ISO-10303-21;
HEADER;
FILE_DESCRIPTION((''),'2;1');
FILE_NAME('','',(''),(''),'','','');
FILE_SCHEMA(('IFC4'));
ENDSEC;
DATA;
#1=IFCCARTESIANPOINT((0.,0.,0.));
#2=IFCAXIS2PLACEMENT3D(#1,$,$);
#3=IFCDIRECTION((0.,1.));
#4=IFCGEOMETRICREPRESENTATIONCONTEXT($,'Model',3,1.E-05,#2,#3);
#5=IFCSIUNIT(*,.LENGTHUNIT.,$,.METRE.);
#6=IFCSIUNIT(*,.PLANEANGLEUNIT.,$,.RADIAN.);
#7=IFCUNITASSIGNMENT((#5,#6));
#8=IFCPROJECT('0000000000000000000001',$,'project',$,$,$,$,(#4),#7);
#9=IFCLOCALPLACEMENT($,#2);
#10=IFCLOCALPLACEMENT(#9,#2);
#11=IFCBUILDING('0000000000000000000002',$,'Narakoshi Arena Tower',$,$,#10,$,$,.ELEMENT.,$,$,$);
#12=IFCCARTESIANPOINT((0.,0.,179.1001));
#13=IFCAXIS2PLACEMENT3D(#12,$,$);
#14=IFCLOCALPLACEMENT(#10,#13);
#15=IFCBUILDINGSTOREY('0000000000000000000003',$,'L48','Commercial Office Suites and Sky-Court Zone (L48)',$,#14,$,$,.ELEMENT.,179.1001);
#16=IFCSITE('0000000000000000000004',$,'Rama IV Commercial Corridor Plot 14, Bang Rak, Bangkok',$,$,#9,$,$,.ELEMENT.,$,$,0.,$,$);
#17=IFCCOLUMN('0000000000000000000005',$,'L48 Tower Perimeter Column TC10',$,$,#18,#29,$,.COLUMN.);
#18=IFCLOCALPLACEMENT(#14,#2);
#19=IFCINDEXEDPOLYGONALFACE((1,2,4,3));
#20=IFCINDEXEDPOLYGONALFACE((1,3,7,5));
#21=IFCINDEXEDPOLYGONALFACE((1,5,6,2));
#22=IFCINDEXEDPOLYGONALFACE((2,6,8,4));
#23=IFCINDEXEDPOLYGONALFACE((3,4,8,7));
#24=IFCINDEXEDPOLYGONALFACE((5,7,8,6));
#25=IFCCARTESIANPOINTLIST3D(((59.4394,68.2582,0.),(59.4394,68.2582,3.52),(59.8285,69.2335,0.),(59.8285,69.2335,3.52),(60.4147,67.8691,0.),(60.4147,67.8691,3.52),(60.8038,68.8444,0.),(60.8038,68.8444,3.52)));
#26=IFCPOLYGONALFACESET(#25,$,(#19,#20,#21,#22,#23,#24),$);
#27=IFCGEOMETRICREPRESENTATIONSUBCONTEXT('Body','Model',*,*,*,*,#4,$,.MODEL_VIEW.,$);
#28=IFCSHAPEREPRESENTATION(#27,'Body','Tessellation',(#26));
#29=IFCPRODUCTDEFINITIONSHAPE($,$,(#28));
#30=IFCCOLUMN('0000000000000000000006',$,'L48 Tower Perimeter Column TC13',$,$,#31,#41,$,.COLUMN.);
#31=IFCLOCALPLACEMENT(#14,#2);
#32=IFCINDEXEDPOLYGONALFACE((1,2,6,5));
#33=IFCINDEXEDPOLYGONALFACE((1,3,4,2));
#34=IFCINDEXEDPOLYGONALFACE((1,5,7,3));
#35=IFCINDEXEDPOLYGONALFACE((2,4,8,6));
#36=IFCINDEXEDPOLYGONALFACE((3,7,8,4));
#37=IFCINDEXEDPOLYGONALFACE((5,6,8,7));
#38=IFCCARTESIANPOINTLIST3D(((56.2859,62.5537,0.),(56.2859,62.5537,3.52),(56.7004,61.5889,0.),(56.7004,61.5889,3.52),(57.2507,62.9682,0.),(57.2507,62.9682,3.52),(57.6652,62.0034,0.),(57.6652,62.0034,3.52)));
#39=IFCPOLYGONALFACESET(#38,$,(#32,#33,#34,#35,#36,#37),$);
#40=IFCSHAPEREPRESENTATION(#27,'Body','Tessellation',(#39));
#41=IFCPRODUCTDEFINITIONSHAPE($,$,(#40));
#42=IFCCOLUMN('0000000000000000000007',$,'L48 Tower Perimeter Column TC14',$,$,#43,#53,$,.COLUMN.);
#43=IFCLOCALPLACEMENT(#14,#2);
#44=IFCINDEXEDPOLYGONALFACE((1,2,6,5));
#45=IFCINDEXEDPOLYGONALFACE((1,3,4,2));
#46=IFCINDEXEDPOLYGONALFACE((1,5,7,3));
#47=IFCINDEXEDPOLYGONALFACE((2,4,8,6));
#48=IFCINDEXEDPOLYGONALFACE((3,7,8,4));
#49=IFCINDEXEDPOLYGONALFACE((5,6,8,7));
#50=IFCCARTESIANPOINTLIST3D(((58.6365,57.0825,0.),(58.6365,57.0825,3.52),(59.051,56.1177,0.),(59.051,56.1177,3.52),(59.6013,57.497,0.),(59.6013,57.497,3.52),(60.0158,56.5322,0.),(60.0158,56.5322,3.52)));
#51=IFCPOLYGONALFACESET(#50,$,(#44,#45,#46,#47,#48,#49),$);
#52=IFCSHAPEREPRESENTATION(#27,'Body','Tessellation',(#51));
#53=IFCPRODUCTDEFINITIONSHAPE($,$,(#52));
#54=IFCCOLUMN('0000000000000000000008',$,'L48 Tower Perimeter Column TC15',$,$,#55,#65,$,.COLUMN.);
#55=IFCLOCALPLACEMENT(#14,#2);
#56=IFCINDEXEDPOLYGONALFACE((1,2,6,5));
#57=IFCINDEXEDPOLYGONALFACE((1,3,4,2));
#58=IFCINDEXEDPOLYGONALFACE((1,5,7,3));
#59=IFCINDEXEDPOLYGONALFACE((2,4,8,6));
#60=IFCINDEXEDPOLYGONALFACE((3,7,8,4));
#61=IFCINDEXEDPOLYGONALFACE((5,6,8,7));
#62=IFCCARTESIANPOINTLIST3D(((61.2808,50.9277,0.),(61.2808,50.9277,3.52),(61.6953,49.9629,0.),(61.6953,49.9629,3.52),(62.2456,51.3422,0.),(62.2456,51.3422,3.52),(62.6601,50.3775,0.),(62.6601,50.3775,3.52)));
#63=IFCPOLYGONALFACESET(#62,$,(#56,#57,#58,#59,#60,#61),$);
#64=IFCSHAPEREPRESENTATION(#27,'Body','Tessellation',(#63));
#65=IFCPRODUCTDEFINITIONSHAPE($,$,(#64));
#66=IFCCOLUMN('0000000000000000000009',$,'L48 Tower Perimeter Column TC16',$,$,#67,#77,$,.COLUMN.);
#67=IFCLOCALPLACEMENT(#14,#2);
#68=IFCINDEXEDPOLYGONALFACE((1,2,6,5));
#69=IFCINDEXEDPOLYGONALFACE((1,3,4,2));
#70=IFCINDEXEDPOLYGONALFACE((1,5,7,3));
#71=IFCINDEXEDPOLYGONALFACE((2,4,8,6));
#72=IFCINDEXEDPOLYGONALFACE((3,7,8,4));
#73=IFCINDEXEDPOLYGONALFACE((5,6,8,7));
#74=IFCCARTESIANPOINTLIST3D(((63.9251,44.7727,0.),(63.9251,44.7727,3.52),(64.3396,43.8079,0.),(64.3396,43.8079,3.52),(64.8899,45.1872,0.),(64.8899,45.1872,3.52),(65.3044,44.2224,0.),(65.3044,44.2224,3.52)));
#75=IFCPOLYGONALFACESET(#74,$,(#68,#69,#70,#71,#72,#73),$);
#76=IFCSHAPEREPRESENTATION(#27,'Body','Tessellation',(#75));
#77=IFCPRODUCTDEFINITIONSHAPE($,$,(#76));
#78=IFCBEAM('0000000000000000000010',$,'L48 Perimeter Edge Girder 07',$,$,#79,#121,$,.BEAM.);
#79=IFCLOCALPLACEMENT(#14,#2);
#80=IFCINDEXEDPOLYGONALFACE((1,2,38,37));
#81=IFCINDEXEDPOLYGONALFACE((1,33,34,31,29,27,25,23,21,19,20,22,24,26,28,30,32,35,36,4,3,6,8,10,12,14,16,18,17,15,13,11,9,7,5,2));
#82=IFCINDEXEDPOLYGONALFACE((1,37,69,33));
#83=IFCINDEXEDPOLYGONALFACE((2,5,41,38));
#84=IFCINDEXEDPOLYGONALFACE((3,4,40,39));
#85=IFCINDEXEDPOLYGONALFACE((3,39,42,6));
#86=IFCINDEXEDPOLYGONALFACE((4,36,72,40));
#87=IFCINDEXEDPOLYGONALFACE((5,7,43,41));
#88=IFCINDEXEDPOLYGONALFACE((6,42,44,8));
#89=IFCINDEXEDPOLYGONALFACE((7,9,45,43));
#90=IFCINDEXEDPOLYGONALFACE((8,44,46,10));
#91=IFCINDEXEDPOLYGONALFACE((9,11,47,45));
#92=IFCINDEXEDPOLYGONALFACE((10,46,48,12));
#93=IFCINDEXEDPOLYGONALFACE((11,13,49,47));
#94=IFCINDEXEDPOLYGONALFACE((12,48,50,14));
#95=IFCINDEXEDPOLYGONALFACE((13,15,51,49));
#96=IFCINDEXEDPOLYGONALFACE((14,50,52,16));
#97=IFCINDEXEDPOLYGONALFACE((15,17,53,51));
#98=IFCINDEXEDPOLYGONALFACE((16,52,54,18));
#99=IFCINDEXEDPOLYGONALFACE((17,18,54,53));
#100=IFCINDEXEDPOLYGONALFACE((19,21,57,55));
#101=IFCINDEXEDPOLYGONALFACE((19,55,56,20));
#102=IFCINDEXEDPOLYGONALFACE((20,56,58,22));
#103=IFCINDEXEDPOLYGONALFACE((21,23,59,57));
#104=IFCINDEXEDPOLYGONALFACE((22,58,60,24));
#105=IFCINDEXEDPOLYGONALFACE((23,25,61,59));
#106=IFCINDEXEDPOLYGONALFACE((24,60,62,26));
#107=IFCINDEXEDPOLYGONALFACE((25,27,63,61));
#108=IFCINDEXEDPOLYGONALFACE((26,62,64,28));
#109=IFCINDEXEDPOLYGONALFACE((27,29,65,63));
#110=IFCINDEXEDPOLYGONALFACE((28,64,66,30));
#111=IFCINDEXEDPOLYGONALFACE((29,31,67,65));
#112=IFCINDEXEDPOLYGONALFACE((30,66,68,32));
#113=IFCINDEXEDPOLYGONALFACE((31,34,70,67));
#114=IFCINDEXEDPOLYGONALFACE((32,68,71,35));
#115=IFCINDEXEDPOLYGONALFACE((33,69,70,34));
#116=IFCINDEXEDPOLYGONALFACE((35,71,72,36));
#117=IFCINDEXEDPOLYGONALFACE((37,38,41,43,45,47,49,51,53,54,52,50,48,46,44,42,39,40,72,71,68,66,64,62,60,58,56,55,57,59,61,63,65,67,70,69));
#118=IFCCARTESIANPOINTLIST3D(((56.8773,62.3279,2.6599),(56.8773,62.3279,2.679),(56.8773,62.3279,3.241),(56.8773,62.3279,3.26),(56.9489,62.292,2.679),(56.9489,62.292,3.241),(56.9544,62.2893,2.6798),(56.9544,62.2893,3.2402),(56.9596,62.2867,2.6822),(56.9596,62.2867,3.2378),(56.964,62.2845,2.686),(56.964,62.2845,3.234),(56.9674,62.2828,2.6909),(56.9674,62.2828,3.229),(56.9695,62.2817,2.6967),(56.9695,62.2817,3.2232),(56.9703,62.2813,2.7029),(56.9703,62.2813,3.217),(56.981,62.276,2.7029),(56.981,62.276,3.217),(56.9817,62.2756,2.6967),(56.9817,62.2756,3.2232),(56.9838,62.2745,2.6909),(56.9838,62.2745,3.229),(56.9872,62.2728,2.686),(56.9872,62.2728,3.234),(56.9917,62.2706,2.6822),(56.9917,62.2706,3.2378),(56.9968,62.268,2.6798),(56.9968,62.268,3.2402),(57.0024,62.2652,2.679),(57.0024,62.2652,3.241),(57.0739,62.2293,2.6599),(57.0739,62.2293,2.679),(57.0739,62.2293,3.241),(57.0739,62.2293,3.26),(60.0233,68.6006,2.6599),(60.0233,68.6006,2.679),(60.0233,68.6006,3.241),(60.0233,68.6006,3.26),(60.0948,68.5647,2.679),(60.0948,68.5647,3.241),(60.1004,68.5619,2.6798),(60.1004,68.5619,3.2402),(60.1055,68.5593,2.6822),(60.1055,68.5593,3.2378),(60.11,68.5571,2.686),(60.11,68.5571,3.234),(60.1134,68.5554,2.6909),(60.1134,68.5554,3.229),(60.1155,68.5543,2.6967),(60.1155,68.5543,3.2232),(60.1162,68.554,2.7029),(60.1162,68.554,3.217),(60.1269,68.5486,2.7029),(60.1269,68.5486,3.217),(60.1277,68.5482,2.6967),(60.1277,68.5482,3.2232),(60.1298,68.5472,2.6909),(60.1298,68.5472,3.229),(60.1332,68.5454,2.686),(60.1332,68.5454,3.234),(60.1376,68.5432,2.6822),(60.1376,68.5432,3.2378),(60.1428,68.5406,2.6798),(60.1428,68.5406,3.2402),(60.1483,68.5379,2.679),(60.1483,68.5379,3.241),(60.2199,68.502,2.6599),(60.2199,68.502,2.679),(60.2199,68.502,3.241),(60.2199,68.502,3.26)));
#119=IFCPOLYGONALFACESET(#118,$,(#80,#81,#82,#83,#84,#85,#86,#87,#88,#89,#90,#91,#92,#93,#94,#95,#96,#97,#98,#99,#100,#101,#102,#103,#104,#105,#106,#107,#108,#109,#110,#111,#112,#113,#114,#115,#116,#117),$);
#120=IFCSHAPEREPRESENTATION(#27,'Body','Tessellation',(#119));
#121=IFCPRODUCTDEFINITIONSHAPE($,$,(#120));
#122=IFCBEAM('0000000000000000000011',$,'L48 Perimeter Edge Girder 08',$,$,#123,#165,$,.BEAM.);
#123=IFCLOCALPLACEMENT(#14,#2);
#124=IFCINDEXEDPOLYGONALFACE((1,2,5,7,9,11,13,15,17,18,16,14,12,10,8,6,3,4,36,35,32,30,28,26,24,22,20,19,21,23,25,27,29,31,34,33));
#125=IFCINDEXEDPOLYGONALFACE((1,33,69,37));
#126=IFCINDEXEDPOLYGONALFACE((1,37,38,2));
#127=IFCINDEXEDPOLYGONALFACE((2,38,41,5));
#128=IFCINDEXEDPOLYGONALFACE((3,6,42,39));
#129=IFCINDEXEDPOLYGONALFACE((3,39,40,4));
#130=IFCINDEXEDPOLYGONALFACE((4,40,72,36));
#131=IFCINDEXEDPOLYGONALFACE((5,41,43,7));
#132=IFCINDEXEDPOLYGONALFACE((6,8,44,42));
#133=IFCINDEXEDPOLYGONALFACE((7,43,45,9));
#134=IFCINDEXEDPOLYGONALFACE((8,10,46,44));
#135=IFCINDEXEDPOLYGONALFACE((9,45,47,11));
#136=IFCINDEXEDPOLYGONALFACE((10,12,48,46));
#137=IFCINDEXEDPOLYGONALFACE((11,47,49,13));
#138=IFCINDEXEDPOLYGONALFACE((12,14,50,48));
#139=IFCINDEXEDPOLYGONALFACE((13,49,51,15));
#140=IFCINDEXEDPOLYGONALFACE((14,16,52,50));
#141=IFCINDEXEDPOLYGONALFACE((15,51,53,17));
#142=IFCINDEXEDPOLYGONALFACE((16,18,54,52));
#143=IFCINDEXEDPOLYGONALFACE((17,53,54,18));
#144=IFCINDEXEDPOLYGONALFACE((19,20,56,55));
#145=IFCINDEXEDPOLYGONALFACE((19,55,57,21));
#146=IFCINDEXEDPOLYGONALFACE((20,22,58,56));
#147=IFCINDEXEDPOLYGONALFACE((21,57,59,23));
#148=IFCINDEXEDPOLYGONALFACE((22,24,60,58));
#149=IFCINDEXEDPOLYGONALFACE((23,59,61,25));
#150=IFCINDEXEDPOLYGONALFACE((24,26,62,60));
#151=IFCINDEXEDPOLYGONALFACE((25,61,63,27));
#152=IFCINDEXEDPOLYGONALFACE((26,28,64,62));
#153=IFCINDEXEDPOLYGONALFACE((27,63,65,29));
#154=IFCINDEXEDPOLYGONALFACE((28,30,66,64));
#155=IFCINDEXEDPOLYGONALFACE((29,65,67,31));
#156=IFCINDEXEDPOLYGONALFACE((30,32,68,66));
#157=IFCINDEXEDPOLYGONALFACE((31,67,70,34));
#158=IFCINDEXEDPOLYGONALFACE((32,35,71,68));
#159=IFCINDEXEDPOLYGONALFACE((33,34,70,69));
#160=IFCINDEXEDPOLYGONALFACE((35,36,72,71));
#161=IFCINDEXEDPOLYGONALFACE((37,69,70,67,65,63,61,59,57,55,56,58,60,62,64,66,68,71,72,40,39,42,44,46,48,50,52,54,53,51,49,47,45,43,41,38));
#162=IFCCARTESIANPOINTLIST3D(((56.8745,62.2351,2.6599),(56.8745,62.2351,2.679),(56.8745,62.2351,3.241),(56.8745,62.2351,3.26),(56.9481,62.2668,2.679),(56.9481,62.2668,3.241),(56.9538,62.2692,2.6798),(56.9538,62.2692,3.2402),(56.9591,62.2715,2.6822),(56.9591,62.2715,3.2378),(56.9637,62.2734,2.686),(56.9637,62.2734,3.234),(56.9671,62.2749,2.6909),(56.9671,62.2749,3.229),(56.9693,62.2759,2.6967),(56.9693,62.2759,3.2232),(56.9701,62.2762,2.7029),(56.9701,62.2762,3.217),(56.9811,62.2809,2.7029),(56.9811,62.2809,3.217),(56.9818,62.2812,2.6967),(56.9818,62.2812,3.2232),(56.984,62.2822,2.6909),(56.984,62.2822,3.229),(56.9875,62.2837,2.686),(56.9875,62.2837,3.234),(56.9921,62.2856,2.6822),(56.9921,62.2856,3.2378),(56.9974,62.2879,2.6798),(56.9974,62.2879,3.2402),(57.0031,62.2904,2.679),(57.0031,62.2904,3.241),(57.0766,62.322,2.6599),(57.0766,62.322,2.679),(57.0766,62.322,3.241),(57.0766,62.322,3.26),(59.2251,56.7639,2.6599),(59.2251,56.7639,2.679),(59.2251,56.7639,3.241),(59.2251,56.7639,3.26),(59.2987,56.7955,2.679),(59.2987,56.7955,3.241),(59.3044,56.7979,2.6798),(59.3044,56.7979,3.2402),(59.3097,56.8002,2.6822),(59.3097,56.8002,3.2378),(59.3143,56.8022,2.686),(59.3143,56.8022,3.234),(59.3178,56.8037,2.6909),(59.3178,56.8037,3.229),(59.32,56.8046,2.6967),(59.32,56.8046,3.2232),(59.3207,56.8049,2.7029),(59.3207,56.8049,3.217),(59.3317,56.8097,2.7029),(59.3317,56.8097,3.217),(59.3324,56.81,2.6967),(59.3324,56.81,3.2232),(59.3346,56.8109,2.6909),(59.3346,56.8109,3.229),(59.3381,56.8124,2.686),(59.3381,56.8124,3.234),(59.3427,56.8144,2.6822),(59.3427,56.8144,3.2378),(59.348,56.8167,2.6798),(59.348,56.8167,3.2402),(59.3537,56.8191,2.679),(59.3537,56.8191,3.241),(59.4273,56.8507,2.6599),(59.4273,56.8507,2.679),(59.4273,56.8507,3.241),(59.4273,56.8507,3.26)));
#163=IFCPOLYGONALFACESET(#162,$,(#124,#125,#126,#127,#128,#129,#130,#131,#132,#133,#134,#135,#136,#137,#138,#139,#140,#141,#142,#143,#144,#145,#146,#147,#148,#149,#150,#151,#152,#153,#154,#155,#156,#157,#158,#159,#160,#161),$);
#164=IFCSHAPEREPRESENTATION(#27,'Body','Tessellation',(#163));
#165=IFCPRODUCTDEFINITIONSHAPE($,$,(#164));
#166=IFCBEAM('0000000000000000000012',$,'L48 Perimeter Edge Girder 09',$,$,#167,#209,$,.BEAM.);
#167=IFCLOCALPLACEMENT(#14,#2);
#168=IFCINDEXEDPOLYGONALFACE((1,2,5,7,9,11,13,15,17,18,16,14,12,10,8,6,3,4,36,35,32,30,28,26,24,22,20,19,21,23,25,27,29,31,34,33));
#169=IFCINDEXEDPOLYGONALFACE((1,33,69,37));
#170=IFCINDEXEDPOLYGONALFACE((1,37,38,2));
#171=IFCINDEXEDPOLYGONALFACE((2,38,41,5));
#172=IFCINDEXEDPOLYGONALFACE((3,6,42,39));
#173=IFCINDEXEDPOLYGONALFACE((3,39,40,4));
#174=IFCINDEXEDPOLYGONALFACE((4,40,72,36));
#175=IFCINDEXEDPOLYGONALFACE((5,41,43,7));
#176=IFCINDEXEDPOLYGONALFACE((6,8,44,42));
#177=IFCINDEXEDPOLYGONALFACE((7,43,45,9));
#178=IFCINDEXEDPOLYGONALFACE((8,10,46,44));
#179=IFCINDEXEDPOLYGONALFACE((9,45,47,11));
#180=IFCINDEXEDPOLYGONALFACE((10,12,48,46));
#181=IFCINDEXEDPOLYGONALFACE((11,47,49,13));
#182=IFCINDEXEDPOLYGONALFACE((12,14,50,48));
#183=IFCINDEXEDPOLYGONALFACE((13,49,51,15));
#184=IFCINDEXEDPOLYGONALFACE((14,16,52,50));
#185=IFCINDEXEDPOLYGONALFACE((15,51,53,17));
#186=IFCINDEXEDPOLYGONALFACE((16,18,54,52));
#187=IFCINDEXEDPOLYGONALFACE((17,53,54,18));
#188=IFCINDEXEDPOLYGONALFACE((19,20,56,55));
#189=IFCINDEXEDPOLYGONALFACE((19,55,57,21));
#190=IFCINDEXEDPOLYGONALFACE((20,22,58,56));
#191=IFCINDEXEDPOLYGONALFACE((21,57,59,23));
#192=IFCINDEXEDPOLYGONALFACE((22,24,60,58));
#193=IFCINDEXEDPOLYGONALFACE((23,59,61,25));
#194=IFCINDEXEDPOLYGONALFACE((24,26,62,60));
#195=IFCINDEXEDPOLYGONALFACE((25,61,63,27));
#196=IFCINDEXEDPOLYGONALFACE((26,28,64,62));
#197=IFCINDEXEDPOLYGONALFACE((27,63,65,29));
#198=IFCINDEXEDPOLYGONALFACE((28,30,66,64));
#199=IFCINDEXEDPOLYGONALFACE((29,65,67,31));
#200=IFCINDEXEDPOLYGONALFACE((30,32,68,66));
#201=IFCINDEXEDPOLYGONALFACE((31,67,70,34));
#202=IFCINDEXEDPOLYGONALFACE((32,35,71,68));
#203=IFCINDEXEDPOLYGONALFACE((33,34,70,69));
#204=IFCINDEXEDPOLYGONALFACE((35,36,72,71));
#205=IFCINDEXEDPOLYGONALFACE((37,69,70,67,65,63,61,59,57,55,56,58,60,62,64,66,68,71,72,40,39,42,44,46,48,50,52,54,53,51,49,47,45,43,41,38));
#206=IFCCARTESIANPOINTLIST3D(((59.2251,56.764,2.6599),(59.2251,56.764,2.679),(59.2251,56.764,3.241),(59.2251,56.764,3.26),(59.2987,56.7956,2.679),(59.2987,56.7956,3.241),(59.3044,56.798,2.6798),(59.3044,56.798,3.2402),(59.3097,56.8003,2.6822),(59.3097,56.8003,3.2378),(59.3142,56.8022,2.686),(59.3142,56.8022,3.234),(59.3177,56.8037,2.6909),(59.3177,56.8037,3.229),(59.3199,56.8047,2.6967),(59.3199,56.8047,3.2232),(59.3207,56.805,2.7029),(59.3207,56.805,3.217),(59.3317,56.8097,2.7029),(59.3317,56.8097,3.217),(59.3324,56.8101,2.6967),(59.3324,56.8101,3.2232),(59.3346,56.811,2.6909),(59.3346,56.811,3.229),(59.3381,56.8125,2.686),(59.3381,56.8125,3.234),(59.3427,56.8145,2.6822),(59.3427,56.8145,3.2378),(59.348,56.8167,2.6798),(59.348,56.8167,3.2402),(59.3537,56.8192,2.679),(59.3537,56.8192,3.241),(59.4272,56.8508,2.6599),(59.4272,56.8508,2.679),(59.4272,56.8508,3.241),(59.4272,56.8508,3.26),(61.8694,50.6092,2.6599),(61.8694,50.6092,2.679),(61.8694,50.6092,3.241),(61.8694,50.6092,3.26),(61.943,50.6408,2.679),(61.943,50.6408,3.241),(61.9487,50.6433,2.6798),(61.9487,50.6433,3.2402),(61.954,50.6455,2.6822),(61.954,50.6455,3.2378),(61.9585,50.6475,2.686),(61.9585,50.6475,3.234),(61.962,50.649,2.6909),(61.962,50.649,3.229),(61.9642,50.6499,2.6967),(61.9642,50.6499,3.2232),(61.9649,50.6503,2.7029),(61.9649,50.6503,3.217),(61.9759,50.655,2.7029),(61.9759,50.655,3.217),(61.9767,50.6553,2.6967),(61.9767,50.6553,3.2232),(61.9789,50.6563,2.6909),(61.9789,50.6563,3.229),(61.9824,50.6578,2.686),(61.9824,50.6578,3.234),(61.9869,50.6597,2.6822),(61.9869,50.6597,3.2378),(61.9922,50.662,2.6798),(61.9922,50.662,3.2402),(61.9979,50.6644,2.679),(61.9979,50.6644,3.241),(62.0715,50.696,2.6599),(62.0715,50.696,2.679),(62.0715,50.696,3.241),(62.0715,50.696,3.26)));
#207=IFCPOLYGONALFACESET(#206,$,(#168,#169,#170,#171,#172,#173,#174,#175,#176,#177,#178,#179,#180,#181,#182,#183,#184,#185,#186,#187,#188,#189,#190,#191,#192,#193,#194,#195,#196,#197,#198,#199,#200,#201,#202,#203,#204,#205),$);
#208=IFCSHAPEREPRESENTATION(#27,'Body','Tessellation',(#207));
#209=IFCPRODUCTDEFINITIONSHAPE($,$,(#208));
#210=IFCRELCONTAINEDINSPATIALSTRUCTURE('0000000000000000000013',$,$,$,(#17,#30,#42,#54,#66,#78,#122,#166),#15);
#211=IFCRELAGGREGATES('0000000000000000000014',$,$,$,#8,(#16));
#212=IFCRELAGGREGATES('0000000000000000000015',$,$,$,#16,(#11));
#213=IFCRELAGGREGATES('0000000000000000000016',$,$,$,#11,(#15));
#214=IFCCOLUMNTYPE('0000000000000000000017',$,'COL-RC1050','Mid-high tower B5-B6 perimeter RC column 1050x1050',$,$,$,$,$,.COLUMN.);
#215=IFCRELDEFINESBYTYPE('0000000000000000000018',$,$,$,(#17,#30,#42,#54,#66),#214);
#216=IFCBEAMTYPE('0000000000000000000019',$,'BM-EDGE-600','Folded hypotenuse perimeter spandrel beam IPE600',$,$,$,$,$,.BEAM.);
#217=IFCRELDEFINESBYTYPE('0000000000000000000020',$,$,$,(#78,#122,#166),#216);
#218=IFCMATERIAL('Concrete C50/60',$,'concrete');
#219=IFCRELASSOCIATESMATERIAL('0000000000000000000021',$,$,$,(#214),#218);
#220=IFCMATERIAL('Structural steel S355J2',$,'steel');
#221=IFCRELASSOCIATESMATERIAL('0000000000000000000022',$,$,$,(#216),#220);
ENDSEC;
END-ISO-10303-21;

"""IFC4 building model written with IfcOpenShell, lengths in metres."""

from ifc_helpers import new_model, si_unit, direction, frame, origin, origin_2d, place, context, subcontext, project, spatial, rectangle, i_section, extrude, material, material_profile, profile_set, type_object, element, save


model = new_model("IFC4")

# Units and contexts
model_context = context("Model", 3, precision=1e-05, world=origin(), true_north=direction((0.0, 1.0)))
body_context = subcontext(model_context, "Body", "Model", "MODEL_VIEW")
ifc_project = project(units=[si_unit("LENGTHUNIT", "METRE"), si_unit("PLANEANGLEUNIT", "RADIAN")], contexts=[model_context])

# Site, building, storey
site_placement = place(None, origin())
site = spatial("IfcSite", under=ifc_project, at=site_placement, Name="Rama IV Commercial Corridor Plot 14, Bang Rak, Bangkok", CompositionType="ELEMENT", RefElevation=0.0)
building_placement = place(site_placement, origin())
building = spatial("IfcBuilding", under=site, at=building_placement, Name="Narakoshi Arena Tower", CompositionType="ELEMENT")
storey_placement = place(building_placement, frame((0.0, 0.0, 179.1001)))
storey = spatial("IfcBuildingStorey", under=building, at=storey_placement, Name="L48", Description="Commercial Office Suites and Sky-Court Zone (L48)", CompositionType="ELEMENT", Elevation=179.1001)

# Columns
ifc_material_1 = material(Name="Concrete C50/60", Category="concrete")
ifc_material_profile_1 = material_profile(ifc_material_1, rectangle(XDim=1.05, YDim=1.05, at=origin_2d()), Name="RC1050x1050")
ifc_profile_set_1 = profile_set([ifc_material_profile_1], Name="Concrete C50/60")
column_type = type_object("IfcColumnType", Name="COL-RC1050", Description="Mid-high tower B5-B6 perimeter RC column 1050x1050", PredefinedType="COLUMN", material=ifc_profile_set_1)
for number, where, z_axis, x_axis, name in (
    (1, (60.1216, 68.5513, 0.0), (0.0, 0.0, 1.0), (0.370557, 0.92881, 0.0), "L48 Tower Perimeter Column TC10"),
    (2, (56.9756, 62.2786, 0.0), (0.0, 0.0, 1.0), (-0.394744, 0.918791, 0.0), "L48 Tower Perimeter Column TC13"),
    (3, (59.3262, 56.8074, 0.0), (0.0, 0.0, 1.0), (-0.394744, 0.918791, 0.0), "L48 Tower Perimeter Column TC14"),
    (4, (61.9705, 50.6526, 0.0), (0.0, 0.0, 1.0), (-0.394744, 0.918791, 0.0), "L48 Tower Perimeter Column TC15"),
    (5, (64.6147, 44.4976, 0.0), (0.0, 0.0, 1.0), (-0.394744, 0.918791, 0.0), "L48 Tower Perimeter Column TC16"),
):
    element("IfcColumn", number, at=place(storey_placement, frame(where, z_axis=z_axis, x_axis=x_axis)), inside=storey, type_object=column_type, Name=name, PredefinedType="COLUMN", context=body_context, shape_type="SweptSolid", body=[
        extrude(rectangle(XDim=1.05, YDim=1.05, at=origin_2d()), origin(), (0.0, 0.0, 1.0), 3.52),
    ])

# Beams
ifc_material_2 = material(Name="Structural steel S355J2", Category="steel")
ifc_material_profile_2 = material_profile(ifc_material_2, i_section(OverallWidth=0.22, OverallDepth=0.6001, WebThickness=0.012, FlangeThickness=0.019, FilletRadius=0.0239, at=origin_2d()), Name="IPE600")
ifc_profile_set_2 = profile_set([ifc_material_profile_2], Name="Structural steel S355J2")
beam_type_1 = type_object("IfcBeamType", Name="BM-EDGE-600", Description="Folded hypotenuse perimeter spandrel beam IPE600", PredefinedType="BEAM", material=ifc_profile_set_2)
beam_1_placement = place(storey_placement, frame((60.1216, 68.5513, 2.96), z_axis=(-0.448313, -0.893877, 0.0), x_axis=(0.893877, -0.448313, 0.0)))
element("IfcBeam", 6, at=beam_1_placement, inside=storey, type_object=beam_type_1, Name="L48 Perimeter Edge Girder 07", PredefinedType="BEAM", context=body_context, shape_type="SweptSolid", body=[
    extrude(i_section(OverallWidth=0.22, OverallDepth=0.6001, WebThickness=0.012, FlangeThickness=0.019, FilletRadius=0.0239, at=origin_2d()), origin(), (0.0, 0.0, 1.0), 7.0173),
])
beam_2_placement = place(storey_placement, frame((56.9756, 62.2786, 2.96), z_axis=(0.394741, -0.918793, 0.0), x_axis=(0.918793, 0.394741, 0.0)))
element("IfcBeam", 7, at=beam_2_placement, inside=storey, type_object=beam_type_1, Name="L48 Perimeter Edge Girder 08", PredefinedType="BEAM", context=body_context, shape_type="SweptSolid", body=[
    extrude(i_section(OverallWidth=0.22, OverallDepth=0.6001, WebThickness=0.012, FlangeThickness=0.019, FilletRadius=0.0239, at=origin_2d()), origin(), (0.0, 0.0, 1.0), 5.9548),
])
beam_3_placement = place(storey_placement, frame((59.3262, 56.8074, 2.96), z_axis=(0.394742, -0.918792, 0.0), x_axis=(0.918792, 0.394742, 0.0)))
element("IfcBeam", 8, at=beam_3_placement, inside=storey, type_object=beam_type_1, Name="L48 Perimeter Edge Girder 09", PredefinedType="BEAM", context=body_context, shape_type="SweptSolid", body=[
    extrude(i_section(OverallWidth=0.22, OverallDepth=0.6001, WebThickness=0.012, FlangeThickness=0.019, FilletRadius=0.0239, at=origin_2d()), origin(), (0.0, 0.0, 1.0), 6.6987),
])

save(model, "model.ifc")
